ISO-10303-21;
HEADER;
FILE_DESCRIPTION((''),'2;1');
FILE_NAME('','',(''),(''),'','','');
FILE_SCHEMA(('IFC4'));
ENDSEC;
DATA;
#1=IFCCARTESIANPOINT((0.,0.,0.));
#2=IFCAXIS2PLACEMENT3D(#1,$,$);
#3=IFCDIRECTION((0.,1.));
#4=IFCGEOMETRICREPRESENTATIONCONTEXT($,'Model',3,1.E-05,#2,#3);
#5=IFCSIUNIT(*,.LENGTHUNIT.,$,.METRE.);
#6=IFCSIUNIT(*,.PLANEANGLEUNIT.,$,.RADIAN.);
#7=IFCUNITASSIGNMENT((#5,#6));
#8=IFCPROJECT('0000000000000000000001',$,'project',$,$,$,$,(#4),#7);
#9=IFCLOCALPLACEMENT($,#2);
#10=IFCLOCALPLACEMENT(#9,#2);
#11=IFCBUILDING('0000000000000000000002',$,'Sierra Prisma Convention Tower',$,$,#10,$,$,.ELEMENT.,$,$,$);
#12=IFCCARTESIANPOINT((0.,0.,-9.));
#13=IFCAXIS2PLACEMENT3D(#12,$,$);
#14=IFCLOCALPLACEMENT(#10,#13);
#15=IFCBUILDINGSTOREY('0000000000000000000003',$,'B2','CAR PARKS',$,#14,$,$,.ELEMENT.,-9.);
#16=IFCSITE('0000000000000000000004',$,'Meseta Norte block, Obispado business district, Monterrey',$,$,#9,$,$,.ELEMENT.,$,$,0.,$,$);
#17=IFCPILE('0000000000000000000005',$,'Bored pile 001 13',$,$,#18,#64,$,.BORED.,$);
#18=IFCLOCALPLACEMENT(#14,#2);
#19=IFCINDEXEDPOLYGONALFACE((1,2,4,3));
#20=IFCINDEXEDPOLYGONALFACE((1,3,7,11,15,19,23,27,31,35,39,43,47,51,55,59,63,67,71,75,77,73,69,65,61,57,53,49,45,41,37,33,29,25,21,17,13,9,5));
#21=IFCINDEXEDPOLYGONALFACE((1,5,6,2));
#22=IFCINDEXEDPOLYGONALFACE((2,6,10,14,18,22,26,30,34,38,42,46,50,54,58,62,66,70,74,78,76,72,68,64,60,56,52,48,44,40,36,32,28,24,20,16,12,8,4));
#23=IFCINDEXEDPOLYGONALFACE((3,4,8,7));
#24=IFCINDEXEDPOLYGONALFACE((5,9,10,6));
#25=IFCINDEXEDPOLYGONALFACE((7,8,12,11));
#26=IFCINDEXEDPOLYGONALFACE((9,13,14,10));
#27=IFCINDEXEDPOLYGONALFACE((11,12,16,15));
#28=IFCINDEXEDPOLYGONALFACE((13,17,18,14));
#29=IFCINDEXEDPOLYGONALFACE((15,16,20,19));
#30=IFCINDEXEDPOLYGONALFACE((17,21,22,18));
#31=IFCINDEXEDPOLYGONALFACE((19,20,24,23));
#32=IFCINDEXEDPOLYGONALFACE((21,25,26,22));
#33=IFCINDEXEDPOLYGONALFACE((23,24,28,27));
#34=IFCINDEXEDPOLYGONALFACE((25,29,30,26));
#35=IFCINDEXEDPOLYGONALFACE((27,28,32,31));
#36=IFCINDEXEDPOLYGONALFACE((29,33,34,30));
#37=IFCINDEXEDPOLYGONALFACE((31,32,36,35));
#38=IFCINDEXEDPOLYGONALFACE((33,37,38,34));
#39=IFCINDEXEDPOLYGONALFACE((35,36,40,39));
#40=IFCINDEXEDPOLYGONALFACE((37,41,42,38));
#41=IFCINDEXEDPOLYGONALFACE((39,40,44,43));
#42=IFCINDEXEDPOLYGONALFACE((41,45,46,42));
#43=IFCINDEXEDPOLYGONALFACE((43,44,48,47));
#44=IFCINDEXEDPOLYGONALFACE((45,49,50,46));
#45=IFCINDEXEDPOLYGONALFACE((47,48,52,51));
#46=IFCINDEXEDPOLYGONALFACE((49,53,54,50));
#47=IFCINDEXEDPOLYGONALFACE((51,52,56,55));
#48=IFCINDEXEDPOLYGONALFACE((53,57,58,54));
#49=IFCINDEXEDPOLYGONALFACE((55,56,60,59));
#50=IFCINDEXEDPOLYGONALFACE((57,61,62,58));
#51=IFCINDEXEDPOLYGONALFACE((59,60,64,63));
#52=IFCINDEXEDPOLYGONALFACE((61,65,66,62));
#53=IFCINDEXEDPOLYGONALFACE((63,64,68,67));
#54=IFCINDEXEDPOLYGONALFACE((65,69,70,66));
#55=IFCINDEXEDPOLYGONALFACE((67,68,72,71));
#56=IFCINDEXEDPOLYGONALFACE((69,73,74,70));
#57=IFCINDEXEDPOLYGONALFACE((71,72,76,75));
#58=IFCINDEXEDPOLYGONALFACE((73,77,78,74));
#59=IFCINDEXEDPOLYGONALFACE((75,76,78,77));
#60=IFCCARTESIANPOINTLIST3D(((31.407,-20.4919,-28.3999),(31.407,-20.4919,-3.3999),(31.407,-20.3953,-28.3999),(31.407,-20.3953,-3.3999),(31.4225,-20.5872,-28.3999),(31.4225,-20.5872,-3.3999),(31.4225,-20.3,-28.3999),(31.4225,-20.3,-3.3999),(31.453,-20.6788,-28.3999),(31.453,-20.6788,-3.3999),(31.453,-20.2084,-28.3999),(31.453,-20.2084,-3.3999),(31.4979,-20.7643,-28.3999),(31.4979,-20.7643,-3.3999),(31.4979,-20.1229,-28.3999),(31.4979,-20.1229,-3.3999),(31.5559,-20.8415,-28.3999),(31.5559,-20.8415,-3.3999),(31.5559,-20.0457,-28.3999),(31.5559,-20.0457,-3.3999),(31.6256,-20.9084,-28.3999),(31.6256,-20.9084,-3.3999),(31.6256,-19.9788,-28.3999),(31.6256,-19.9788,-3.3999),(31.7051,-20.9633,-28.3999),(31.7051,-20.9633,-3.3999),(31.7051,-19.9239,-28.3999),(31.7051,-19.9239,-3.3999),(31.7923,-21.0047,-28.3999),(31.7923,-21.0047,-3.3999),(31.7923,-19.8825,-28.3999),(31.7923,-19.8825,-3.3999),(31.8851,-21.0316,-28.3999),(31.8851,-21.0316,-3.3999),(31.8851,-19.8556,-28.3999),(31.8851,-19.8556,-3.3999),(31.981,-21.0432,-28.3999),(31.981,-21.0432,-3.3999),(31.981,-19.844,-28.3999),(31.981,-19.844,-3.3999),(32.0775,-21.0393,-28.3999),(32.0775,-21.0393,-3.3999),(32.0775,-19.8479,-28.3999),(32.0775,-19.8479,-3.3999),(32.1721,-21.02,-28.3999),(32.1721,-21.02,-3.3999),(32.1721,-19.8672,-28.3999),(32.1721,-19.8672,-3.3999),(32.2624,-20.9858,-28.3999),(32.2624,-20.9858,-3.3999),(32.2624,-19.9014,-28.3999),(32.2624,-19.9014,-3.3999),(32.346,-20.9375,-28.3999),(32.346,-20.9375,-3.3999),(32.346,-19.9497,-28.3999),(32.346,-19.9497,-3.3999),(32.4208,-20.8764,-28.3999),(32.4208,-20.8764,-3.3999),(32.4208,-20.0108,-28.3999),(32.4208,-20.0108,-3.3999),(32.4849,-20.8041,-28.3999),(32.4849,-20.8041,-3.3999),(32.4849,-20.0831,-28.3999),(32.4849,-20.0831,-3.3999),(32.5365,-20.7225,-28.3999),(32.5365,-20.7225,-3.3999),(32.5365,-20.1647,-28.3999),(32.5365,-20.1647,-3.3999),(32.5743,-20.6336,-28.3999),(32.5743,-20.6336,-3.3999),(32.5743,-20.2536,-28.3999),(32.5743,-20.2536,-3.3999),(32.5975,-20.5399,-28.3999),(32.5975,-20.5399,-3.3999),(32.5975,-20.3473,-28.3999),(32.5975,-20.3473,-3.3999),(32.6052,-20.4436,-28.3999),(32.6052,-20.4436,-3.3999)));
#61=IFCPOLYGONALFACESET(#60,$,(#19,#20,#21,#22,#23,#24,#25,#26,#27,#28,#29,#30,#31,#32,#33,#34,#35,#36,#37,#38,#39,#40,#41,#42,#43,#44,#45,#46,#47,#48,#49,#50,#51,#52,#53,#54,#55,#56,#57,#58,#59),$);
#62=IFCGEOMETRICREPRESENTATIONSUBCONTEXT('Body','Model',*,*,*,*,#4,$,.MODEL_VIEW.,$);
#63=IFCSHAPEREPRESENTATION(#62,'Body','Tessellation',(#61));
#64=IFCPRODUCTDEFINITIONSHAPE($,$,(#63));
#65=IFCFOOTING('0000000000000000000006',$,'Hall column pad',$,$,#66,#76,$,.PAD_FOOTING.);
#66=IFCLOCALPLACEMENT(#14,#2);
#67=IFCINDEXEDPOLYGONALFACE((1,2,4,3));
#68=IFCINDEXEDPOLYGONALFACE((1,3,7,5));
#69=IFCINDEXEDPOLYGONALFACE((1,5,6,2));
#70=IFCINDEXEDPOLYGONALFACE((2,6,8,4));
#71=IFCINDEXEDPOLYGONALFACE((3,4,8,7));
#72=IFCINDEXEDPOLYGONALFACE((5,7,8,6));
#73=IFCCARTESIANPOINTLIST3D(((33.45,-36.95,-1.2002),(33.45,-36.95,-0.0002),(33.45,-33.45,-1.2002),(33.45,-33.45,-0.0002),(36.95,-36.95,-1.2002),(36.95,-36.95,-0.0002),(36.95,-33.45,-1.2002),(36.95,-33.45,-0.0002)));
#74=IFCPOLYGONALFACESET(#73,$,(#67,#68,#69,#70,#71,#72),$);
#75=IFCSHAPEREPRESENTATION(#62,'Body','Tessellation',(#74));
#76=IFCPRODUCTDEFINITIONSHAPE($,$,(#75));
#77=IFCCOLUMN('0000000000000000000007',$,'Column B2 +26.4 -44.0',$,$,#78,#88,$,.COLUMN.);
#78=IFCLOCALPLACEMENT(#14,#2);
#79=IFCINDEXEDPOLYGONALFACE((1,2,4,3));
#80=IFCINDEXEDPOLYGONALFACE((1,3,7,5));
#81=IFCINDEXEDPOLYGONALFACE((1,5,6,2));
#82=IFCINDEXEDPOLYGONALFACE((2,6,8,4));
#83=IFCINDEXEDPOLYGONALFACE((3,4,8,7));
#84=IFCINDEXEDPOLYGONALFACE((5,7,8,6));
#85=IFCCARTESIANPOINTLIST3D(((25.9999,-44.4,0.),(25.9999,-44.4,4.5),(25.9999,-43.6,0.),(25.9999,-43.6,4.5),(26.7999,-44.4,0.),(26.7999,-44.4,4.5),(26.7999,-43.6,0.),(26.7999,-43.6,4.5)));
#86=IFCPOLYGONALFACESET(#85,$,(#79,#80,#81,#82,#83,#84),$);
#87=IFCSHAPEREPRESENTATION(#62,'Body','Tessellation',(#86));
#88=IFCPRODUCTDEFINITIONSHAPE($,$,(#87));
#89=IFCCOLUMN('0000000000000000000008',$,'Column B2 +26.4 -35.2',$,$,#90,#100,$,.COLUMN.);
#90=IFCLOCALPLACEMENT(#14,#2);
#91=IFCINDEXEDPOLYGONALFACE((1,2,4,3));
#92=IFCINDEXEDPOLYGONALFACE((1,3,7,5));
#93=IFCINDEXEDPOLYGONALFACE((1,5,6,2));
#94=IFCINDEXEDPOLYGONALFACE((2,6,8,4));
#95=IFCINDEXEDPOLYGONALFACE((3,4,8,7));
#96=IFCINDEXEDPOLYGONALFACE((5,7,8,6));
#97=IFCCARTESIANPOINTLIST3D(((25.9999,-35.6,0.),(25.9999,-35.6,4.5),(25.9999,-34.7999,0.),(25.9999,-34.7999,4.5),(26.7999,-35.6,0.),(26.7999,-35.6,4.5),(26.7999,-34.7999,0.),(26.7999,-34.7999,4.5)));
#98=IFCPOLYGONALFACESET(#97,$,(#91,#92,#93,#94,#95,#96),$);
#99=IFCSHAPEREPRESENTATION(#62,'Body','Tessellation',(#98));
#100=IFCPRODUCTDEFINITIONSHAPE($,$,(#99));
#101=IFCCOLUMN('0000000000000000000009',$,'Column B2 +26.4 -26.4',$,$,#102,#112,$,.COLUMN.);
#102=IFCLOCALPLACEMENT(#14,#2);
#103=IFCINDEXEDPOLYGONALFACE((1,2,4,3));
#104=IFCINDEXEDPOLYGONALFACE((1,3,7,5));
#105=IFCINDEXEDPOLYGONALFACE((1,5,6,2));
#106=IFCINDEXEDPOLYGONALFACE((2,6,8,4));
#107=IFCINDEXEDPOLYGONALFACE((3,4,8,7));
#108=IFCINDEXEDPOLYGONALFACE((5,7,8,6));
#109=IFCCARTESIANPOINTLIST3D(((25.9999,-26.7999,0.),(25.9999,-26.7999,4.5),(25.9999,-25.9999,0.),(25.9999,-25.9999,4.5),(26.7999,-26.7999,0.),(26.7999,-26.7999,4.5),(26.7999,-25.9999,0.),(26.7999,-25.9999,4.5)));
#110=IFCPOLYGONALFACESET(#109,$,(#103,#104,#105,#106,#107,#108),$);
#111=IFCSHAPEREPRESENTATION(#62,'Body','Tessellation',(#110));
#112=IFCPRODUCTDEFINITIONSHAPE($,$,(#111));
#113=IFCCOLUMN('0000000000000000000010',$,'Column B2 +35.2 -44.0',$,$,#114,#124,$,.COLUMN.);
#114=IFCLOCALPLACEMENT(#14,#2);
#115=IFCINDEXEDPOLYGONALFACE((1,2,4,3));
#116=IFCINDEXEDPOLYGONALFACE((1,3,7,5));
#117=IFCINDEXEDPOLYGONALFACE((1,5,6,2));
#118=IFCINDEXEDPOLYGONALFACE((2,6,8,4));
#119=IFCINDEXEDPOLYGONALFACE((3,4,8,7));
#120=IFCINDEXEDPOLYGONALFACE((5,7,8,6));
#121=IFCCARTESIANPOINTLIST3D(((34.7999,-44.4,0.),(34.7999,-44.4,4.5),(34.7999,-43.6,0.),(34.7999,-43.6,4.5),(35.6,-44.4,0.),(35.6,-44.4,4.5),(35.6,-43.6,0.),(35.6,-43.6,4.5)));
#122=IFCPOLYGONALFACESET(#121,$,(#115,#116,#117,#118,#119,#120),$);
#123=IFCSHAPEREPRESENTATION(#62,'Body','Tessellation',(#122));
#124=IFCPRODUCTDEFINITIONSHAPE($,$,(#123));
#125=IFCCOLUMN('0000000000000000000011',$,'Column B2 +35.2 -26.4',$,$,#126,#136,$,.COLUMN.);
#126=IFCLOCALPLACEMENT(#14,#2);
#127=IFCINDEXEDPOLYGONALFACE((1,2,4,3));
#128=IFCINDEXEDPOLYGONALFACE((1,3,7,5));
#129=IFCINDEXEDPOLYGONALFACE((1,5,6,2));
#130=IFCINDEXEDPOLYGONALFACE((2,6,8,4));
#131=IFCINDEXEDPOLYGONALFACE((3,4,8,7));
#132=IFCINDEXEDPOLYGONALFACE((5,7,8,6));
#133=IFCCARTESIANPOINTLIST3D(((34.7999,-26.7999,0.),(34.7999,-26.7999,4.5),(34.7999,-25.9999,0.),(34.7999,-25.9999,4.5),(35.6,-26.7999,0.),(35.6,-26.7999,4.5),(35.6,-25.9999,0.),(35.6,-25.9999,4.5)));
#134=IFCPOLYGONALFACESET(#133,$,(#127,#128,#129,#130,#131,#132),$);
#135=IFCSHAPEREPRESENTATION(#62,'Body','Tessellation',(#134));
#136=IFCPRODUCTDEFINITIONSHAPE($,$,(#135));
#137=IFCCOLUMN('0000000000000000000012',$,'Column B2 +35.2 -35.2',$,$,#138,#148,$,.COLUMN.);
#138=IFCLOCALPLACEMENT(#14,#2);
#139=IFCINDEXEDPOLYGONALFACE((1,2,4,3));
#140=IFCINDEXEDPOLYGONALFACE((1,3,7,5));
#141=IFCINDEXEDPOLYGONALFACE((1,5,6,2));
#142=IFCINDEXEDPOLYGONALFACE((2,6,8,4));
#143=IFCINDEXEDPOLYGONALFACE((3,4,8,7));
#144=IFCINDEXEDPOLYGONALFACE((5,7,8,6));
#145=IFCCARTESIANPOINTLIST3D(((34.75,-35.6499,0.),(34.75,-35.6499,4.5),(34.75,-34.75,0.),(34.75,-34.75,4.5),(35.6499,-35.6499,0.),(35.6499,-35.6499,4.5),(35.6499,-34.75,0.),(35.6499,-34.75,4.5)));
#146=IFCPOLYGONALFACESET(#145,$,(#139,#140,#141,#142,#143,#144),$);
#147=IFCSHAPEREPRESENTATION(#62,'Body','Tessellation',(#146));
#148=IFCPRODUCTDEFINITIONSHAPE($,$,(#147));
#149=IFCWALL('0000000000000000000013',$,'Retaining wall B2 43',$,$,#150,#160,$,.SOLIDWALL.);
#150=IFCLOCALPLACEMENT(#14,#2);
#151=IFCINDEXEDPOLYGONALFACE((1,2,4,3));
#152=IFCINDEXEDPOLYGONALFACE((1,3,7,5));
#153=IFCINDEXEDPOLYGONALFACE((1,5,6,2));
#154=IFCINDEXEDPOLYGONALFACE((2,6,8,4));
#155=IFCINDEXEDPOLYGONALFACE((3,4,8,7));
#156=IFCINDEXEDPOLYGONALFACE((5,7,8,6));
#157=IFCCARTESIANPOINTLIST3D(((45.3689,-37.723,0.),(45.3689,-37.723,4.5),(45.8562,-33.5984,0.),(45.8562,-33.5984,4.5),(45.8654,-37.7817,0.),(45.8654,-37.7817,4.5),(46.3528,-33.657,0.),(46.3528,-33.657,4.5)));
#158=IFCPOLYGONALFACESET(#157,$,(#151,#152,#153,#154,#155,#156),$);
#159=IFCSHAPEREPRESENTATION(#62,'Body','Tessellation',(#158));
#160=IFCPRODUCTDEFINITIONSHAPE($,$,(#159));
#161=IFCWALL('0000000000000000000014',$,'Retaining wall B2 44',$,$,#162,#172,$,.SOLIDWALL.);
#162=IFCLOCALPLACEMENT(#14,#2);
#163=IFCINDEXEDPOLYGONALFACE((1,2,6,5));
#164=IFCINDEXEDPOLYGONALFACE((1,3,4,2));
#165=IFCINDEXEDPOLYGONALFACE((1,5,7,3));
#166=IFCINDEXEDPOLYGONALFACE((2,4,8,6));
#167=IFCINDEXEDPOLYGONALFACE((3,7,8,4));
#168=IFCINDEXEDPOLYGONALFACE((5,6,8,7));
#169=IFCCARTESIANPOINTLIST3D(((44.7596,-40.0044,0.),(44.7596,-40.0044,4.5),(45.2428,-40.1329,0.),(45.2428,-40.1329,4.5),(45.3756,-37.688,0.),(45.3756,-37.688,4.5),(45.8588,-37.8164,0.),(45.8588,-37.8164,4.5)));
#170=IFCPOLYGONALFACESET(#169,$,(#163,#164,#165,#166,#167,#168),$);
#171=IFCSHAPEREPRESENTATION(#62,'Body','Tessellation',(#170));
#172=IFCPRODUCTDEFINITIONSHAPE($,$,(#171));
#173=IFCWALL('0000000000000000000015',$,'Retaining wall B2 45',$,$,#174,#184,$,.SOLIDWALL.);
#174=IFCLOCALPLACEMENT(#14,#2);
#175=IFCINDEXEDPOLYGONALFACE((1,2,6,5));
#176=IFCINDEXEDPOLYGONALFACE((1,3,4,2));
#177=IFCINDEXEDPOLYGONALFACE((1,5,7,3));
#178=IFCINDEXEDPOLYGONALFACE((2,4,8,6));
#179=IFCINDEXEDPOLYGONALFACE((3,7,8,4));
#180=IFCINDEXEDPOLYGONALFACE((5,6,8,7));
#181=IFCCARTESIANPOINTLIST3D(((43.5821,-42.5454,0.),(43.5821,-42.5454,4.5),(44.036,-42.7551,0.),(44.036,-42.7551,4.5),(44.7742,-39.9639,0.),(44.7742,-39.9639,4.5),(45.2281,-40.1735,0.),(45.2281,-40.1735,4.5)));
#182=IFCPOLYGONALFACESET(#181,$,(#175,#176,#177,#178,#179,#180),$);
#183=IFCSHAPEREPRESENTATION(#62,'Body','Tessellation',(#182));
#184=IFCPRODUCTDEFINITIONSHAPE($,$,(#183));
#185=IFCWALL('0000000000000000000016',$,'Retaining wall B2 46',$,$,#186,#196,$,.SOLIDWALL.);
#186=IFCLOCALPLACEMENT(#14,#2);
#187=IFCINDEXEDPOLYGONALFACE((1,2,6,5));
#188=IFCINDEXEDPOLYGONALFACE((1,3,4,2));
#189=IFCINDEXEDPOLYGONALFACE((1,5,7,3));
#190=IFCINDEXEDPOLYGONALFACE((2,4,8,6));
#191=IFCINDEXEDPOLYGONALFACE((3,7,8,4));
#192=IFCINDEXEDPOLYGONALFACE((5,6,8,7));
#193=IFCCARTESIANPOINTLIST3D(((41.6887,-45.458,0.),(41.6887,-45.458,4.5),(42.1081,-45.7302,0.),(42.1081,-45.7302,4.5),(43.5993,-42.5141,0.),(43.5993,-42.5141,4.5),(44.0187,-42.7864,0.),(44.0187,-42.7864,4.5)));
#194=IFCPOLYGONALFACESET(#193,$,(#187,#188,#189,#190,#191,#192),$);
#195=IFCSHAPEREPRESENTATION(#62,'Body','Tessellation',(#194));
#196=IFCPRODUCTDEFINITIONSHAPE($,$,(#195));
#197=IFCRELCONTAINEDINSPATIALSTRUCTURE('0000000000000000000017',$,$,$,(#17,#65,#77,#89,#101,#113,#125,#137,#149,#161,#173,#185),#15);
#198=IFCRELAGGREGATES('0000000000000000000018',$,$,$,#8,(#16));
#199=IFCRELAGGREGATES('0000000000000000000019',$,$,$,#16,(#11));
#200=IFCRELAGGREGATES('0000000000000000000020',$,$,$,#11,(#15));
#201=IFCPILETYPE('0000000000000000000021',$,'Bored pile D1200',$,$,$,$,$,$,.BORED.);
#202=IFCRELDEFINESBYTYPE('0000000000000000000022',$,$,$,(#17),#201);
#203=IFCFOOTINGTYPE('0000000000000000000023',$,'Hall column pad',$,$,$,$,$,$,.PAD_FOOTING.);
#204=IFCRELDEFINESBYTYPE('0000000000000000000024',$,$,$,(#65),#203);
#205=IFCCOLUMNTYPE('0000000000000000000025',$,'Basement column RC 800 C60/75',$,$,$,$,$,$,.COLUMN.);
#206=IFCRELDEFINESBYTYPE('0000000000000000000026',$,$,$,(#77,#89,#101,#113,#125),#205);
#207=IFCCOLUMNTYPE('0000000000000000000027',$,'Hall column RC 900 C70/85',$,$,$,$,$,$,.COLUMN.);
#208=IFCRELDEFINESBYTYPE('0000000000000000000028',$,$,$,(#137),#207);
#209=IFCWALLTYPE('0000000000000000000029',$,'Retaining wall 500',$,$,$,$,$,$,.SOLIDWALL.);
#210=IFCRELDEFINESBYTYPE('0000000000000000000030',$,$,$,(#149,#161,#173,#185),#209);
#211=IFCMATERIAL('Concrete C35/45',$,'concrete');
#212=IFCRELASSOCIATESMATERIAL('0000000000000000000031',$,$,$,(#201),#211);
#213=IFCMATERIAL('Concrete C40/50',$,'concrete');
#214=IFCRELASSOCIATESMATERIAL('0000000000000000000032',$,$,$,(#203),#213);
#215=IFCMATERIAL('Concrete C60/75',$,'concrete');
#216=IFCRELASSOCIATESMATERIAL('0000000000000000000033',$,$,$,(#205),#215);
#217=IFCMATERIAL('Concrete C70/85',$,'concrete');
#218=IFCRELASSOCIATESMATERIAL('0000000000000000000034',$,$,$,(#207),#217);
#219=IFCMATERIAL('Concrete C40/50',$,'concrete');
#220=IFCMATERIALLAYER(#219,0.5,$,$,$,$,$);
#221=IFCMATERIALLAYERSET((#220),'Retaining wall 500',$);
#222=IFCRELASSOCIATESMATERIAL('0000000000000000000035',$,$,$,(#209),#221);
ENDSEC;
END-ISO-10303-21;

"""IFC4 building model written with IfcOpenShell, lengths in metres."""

from ifc_helpers import new_model, si_unit, direction, frame, frame_2d, origin, origin_2d, place, context, subcontext, project, spatial, rectangle, circle, extrude, material, layer, layer_set, material_profile, profile_set, type_object, element, save


model = new_model("IFC4")

# Units and contexts
model_context = context("Model", 3, precision=1e-05, world=origin(), true_north=direction((0.0, 1.0)))
body_context = subcontext(model_context, "Body", "Model", "MODEL_VIEW")
ifc_project = project(units=[si_unit("LENGTHUNIT", "METRE"), si_unit("PLANEANGLEUNIT", "RADIAN")], contexts=[model_context])

# Site, building, storey
site_placement = place(None, origin())
site = spatial("IfcSite", under=ifc_project, at=site_placement, Name="Meseta Norte block, Obispado business district, Monterrey", CompositionType="ELEMENT", RefElevation=0.0)
building_placement = place(site_placement, origin())
building = spatial("IfcBuilding", under=site, at=building_placement, Name="Sierra Prisma Convention Tower", CompositionType="ELEMENT")
storey_placement = place(building_placement, frame((0.0, 0.0, -9.0)))
storey = spatial("IfcBuildingStorey", under=building, at=storey_placement, Name="B2", Description="CAR PARKS", CompositionType="ELEMENT", Elevation=-9.0)

# Pile
ifc_material_1 = material(Name="Concrete C35/45", Category="concrete")
ifc_material_profile_1 = material_profile(ifc_material_1, circle(Radius=0.6001, at=origin_2d()), Name="D1200")
ifc_profile_set_1 = profile_set([ifc_material_profile_1], Name="Concrete C35/45")
pile_type = type_object("IfcPileType", Name="Bored pile D1200", PredefinedType="BORED", material=ifc_profile_set_1)
for number, where, z_axis, x_axis, name in (
    (1, (32.0051, -20.4436, -3.3999), (0.0, 0.0, -1.0), (1.0, 0.0, 0.0), "Bored pile 001 13"),
):
    element("IfcPile", number, at=place(storey_placement, frame(where, z_axis=z_axis, x_axis=x_axis)), inside=storey, type_object=pile_type, Name=name, PredefinedType="BORED", context=body_context, shape_type="SweptSolid", body=[
        extrude(circle(Radius=0.6001, at=origin_2d()), origin(), (0.0, 0.0, 1.0), 25.0),
    ])

# Footing
ifc_material_2 = material(Name="Concrete C40/50", Category="concrete")
footing_type_1 = type_object("IfcFootingType", Name="Hall column pad", PredefinedType="PAD_FOOTING", material=ifc_material_2)
footing_placement = place(storey_placement, frame((35.2, -35.2, -1.2002), z_axis=(0.0, 0.0, 1.0), x_axis=(1.0, 0.0, 0.0)))
element("IfcFooting", 2, at=footing_placement, inside=storey, type_object=footing_type_1, Name="Hall column pad", PredefinedType="PAD_FOOTING", context=body_context, shape_type="SweptSolid", body=[
    extrude(rectangle(XDim=3.5, YDim=3.5, at=origin_2d()), origin(), (0.0, 0.0, 1.0), 1.2),
])

# Columns
ifc_material_3 = material(Name="Concrete C60/75", Category="concrete")
ifc_material_profile_2 = material_profile(ifc_material_3, rectangle(XDim=0.8, YDim=0.8, at=origin_2d()), Name="Basement column RC 800 C60/75")
ifc_profile_set_2 = profile_set([ifc_material_profile_2], Name="Concrete C60/75")
column_type_1 = type_object("IfcColumnType", Name="Basement column RC 800 C60/75", PredefinedType="COLUMN", material=ifc_profile_set_2)
for number, where, z_axis, x_axis, name in (
    (3, (26.3999, -44.0, 0.0), (0.0, 0.0, 1.0), (1.0, 0.0, 0.0), "Column B2 +26.4 -44.0"),
    (4, (26.3999, -35.2, 0.0), (0.0, 0.0, 1.0), (1.0, 0.0, 0.0), "Column B2 +26.4 -35.2"),
    (5, (26.3999, -26.3999, 0.0), (0.0, 0.0, 1.0), (1.0, 0.0, 0.0), "Column B2 +26.4 -26.4"),
    (6, (35.2, -44.0, 0.0), (0.0, 0.0, 1.0), (1.0, 0.0, 0.0), "Column B2 +35.2 -44.0"),
    (7, (35.2, -26.3999, 0.0), (0.0, 0.0, 1.0), (1.0, 0.0, 0.0), "Column B2 +35.2 -26.4"),
):
    element("IfcColumn", number, at=place(storey_placement, frame(where, z_axis=z_axis, x_axis=x_axis)), inside=storey, type_object=column_type_1, Name=name, PredefinedType="COLUMN", context=body_context, shape_type="SweptSolid", body=[
        extrude(rectangle(XDim=0.8, YDim=0.8, at=origin_2d()), origin(), (0.0, 0.0, 1.0), 4.5),
    ])
ifc_material_4 = material(Name="Concrete C70/85", Category="concrete")
ifc_material_profile_3 = material_profile(ifc_material_4, rectangle(XDim=0.8999, YDim=0.8999, at=origin_2d()), Name="Hall column RC 900 C70/85")
ifc_profile_set_3 = profile_set([ifc_material_profile_3], Name="Concrete C70/85")
column_type_2 = type_object("IfcColumnType", Name="Hall column RC 900 C70/85", PredefinedType="COLUMN", material=ifc_profile_set_3)
column_placement = place(storey_placement, frame((35.2, -35.2, 0.0), z_axis=(0.0, 0.0, 1.0), x_axis=(1.0, 0.0, 0.0)))
element("IfcColumn", 8, at=column_placement, inside=storey, type_object=column_type_2, Name="Column B2 +35.2 -35.2", PredefinedType="COLUMN", context=body_context, shape_type="SweptSolid", body=[
    extrude(rectangle(XDim=0.8999, YDim=0.8999, at=origin_2d()), origin(), (0.0, 0.0, 1.0), 4.5),
])

# Walls
ifc_material_5 = material(Name="Concrete C40/50", Category="concrete")
ifc_layer = layer(ifc_material_5, 0.5)
ifc_layer_set = layer_set([ifc_layer], Name="Retaining wall 500")
wall_type = type_object("IfcWallType", Name="Retaining wall 500", PredefinedType="SOLIDWALL", material=ifc_layer_set)
wall_1_placement = place(storey_placement, frame((46.1045, -33.6277, 0.0), z_axis=(0.0, 0.0, 1.0), x_axis=(-0.117332, -0.993093, 0.0)))
element("IfcWall", 9, at=wall_1_placement, inside=storey, type_object=wall_type, Name="Retaining wall B2 43", PredefinedType="SOLIDWALL", context=body_context, shape_type="SweptSolid", body=[
    extrude(rectangle(XDim=4.1533, YDim=0.5, at=frame_2d((2.0767, 0.0))), origin(), (0.0, 0.0, 1.0), 4.5),
])
wall_2_placement = place(storey_placement, frame((45.6172, -37.7522, 0.0), z_axis=(0.0, 0.0, 1.0), x_axis=(-0.256984, -0.966416, 0.0)))
element("IfcWall", 10, at=wall_2_placement, inside=storey, type_object=wall_type, Name="Retaining wall B2 44", PredefinedType="SOLIDWALL", context=body_context, shape_type="SweptSolid", body=[
    extrude(rectangle(XDim=2.397, YDim=0.5, at=frame_2d((1.1985, 0.0))), origin(), (0.0, 0.0, 1.0), 4.5),
])
wall_3_placement = place(storey_placement, frame((45.0012, -40.0686, 0.0), z_axis=(0.0, 0.0, 1.0), x_axis=(-0.419249, -0.907871, 0.0)))
element("IfcWall", 11, at=wall_3_placement, inside=storey, type_object=wall_type, Name="Retaining wall B2 45", PredefinedType="SOLIDWALL", context=body_context, shape_type="SweptSolid", body=[
    extrude(rectangle(XDim=2.8435, YDim=0.5, at=frame_2d((1.4219, 0.0))), origin(), (0.0, 0.0, 1.0), 4.5),
])
wall_4_placement = place(storey_placement, frame((43.8091, -42.6501, 0.0), z_axis=(0.0, 0.0, 1.0), x_axis=(-0.544416, -0.838815, 0.0)))
element("IfcWall", 12, at=wall_4_placement, inside=storey, type_object=wall_type, Name="Retaining wall B2 46", PredefinedType="SOLIDWALL", context=body_context, shape_type="SweptSolid", body=[
    extrude(rectangle(XDim=3.5095, YDim=0.5, at=frame_2d((1.7549, 0.0))), origin(), (0.0, 0.0, 1.0), 4.5),
])

save(model, "model.ifc")
